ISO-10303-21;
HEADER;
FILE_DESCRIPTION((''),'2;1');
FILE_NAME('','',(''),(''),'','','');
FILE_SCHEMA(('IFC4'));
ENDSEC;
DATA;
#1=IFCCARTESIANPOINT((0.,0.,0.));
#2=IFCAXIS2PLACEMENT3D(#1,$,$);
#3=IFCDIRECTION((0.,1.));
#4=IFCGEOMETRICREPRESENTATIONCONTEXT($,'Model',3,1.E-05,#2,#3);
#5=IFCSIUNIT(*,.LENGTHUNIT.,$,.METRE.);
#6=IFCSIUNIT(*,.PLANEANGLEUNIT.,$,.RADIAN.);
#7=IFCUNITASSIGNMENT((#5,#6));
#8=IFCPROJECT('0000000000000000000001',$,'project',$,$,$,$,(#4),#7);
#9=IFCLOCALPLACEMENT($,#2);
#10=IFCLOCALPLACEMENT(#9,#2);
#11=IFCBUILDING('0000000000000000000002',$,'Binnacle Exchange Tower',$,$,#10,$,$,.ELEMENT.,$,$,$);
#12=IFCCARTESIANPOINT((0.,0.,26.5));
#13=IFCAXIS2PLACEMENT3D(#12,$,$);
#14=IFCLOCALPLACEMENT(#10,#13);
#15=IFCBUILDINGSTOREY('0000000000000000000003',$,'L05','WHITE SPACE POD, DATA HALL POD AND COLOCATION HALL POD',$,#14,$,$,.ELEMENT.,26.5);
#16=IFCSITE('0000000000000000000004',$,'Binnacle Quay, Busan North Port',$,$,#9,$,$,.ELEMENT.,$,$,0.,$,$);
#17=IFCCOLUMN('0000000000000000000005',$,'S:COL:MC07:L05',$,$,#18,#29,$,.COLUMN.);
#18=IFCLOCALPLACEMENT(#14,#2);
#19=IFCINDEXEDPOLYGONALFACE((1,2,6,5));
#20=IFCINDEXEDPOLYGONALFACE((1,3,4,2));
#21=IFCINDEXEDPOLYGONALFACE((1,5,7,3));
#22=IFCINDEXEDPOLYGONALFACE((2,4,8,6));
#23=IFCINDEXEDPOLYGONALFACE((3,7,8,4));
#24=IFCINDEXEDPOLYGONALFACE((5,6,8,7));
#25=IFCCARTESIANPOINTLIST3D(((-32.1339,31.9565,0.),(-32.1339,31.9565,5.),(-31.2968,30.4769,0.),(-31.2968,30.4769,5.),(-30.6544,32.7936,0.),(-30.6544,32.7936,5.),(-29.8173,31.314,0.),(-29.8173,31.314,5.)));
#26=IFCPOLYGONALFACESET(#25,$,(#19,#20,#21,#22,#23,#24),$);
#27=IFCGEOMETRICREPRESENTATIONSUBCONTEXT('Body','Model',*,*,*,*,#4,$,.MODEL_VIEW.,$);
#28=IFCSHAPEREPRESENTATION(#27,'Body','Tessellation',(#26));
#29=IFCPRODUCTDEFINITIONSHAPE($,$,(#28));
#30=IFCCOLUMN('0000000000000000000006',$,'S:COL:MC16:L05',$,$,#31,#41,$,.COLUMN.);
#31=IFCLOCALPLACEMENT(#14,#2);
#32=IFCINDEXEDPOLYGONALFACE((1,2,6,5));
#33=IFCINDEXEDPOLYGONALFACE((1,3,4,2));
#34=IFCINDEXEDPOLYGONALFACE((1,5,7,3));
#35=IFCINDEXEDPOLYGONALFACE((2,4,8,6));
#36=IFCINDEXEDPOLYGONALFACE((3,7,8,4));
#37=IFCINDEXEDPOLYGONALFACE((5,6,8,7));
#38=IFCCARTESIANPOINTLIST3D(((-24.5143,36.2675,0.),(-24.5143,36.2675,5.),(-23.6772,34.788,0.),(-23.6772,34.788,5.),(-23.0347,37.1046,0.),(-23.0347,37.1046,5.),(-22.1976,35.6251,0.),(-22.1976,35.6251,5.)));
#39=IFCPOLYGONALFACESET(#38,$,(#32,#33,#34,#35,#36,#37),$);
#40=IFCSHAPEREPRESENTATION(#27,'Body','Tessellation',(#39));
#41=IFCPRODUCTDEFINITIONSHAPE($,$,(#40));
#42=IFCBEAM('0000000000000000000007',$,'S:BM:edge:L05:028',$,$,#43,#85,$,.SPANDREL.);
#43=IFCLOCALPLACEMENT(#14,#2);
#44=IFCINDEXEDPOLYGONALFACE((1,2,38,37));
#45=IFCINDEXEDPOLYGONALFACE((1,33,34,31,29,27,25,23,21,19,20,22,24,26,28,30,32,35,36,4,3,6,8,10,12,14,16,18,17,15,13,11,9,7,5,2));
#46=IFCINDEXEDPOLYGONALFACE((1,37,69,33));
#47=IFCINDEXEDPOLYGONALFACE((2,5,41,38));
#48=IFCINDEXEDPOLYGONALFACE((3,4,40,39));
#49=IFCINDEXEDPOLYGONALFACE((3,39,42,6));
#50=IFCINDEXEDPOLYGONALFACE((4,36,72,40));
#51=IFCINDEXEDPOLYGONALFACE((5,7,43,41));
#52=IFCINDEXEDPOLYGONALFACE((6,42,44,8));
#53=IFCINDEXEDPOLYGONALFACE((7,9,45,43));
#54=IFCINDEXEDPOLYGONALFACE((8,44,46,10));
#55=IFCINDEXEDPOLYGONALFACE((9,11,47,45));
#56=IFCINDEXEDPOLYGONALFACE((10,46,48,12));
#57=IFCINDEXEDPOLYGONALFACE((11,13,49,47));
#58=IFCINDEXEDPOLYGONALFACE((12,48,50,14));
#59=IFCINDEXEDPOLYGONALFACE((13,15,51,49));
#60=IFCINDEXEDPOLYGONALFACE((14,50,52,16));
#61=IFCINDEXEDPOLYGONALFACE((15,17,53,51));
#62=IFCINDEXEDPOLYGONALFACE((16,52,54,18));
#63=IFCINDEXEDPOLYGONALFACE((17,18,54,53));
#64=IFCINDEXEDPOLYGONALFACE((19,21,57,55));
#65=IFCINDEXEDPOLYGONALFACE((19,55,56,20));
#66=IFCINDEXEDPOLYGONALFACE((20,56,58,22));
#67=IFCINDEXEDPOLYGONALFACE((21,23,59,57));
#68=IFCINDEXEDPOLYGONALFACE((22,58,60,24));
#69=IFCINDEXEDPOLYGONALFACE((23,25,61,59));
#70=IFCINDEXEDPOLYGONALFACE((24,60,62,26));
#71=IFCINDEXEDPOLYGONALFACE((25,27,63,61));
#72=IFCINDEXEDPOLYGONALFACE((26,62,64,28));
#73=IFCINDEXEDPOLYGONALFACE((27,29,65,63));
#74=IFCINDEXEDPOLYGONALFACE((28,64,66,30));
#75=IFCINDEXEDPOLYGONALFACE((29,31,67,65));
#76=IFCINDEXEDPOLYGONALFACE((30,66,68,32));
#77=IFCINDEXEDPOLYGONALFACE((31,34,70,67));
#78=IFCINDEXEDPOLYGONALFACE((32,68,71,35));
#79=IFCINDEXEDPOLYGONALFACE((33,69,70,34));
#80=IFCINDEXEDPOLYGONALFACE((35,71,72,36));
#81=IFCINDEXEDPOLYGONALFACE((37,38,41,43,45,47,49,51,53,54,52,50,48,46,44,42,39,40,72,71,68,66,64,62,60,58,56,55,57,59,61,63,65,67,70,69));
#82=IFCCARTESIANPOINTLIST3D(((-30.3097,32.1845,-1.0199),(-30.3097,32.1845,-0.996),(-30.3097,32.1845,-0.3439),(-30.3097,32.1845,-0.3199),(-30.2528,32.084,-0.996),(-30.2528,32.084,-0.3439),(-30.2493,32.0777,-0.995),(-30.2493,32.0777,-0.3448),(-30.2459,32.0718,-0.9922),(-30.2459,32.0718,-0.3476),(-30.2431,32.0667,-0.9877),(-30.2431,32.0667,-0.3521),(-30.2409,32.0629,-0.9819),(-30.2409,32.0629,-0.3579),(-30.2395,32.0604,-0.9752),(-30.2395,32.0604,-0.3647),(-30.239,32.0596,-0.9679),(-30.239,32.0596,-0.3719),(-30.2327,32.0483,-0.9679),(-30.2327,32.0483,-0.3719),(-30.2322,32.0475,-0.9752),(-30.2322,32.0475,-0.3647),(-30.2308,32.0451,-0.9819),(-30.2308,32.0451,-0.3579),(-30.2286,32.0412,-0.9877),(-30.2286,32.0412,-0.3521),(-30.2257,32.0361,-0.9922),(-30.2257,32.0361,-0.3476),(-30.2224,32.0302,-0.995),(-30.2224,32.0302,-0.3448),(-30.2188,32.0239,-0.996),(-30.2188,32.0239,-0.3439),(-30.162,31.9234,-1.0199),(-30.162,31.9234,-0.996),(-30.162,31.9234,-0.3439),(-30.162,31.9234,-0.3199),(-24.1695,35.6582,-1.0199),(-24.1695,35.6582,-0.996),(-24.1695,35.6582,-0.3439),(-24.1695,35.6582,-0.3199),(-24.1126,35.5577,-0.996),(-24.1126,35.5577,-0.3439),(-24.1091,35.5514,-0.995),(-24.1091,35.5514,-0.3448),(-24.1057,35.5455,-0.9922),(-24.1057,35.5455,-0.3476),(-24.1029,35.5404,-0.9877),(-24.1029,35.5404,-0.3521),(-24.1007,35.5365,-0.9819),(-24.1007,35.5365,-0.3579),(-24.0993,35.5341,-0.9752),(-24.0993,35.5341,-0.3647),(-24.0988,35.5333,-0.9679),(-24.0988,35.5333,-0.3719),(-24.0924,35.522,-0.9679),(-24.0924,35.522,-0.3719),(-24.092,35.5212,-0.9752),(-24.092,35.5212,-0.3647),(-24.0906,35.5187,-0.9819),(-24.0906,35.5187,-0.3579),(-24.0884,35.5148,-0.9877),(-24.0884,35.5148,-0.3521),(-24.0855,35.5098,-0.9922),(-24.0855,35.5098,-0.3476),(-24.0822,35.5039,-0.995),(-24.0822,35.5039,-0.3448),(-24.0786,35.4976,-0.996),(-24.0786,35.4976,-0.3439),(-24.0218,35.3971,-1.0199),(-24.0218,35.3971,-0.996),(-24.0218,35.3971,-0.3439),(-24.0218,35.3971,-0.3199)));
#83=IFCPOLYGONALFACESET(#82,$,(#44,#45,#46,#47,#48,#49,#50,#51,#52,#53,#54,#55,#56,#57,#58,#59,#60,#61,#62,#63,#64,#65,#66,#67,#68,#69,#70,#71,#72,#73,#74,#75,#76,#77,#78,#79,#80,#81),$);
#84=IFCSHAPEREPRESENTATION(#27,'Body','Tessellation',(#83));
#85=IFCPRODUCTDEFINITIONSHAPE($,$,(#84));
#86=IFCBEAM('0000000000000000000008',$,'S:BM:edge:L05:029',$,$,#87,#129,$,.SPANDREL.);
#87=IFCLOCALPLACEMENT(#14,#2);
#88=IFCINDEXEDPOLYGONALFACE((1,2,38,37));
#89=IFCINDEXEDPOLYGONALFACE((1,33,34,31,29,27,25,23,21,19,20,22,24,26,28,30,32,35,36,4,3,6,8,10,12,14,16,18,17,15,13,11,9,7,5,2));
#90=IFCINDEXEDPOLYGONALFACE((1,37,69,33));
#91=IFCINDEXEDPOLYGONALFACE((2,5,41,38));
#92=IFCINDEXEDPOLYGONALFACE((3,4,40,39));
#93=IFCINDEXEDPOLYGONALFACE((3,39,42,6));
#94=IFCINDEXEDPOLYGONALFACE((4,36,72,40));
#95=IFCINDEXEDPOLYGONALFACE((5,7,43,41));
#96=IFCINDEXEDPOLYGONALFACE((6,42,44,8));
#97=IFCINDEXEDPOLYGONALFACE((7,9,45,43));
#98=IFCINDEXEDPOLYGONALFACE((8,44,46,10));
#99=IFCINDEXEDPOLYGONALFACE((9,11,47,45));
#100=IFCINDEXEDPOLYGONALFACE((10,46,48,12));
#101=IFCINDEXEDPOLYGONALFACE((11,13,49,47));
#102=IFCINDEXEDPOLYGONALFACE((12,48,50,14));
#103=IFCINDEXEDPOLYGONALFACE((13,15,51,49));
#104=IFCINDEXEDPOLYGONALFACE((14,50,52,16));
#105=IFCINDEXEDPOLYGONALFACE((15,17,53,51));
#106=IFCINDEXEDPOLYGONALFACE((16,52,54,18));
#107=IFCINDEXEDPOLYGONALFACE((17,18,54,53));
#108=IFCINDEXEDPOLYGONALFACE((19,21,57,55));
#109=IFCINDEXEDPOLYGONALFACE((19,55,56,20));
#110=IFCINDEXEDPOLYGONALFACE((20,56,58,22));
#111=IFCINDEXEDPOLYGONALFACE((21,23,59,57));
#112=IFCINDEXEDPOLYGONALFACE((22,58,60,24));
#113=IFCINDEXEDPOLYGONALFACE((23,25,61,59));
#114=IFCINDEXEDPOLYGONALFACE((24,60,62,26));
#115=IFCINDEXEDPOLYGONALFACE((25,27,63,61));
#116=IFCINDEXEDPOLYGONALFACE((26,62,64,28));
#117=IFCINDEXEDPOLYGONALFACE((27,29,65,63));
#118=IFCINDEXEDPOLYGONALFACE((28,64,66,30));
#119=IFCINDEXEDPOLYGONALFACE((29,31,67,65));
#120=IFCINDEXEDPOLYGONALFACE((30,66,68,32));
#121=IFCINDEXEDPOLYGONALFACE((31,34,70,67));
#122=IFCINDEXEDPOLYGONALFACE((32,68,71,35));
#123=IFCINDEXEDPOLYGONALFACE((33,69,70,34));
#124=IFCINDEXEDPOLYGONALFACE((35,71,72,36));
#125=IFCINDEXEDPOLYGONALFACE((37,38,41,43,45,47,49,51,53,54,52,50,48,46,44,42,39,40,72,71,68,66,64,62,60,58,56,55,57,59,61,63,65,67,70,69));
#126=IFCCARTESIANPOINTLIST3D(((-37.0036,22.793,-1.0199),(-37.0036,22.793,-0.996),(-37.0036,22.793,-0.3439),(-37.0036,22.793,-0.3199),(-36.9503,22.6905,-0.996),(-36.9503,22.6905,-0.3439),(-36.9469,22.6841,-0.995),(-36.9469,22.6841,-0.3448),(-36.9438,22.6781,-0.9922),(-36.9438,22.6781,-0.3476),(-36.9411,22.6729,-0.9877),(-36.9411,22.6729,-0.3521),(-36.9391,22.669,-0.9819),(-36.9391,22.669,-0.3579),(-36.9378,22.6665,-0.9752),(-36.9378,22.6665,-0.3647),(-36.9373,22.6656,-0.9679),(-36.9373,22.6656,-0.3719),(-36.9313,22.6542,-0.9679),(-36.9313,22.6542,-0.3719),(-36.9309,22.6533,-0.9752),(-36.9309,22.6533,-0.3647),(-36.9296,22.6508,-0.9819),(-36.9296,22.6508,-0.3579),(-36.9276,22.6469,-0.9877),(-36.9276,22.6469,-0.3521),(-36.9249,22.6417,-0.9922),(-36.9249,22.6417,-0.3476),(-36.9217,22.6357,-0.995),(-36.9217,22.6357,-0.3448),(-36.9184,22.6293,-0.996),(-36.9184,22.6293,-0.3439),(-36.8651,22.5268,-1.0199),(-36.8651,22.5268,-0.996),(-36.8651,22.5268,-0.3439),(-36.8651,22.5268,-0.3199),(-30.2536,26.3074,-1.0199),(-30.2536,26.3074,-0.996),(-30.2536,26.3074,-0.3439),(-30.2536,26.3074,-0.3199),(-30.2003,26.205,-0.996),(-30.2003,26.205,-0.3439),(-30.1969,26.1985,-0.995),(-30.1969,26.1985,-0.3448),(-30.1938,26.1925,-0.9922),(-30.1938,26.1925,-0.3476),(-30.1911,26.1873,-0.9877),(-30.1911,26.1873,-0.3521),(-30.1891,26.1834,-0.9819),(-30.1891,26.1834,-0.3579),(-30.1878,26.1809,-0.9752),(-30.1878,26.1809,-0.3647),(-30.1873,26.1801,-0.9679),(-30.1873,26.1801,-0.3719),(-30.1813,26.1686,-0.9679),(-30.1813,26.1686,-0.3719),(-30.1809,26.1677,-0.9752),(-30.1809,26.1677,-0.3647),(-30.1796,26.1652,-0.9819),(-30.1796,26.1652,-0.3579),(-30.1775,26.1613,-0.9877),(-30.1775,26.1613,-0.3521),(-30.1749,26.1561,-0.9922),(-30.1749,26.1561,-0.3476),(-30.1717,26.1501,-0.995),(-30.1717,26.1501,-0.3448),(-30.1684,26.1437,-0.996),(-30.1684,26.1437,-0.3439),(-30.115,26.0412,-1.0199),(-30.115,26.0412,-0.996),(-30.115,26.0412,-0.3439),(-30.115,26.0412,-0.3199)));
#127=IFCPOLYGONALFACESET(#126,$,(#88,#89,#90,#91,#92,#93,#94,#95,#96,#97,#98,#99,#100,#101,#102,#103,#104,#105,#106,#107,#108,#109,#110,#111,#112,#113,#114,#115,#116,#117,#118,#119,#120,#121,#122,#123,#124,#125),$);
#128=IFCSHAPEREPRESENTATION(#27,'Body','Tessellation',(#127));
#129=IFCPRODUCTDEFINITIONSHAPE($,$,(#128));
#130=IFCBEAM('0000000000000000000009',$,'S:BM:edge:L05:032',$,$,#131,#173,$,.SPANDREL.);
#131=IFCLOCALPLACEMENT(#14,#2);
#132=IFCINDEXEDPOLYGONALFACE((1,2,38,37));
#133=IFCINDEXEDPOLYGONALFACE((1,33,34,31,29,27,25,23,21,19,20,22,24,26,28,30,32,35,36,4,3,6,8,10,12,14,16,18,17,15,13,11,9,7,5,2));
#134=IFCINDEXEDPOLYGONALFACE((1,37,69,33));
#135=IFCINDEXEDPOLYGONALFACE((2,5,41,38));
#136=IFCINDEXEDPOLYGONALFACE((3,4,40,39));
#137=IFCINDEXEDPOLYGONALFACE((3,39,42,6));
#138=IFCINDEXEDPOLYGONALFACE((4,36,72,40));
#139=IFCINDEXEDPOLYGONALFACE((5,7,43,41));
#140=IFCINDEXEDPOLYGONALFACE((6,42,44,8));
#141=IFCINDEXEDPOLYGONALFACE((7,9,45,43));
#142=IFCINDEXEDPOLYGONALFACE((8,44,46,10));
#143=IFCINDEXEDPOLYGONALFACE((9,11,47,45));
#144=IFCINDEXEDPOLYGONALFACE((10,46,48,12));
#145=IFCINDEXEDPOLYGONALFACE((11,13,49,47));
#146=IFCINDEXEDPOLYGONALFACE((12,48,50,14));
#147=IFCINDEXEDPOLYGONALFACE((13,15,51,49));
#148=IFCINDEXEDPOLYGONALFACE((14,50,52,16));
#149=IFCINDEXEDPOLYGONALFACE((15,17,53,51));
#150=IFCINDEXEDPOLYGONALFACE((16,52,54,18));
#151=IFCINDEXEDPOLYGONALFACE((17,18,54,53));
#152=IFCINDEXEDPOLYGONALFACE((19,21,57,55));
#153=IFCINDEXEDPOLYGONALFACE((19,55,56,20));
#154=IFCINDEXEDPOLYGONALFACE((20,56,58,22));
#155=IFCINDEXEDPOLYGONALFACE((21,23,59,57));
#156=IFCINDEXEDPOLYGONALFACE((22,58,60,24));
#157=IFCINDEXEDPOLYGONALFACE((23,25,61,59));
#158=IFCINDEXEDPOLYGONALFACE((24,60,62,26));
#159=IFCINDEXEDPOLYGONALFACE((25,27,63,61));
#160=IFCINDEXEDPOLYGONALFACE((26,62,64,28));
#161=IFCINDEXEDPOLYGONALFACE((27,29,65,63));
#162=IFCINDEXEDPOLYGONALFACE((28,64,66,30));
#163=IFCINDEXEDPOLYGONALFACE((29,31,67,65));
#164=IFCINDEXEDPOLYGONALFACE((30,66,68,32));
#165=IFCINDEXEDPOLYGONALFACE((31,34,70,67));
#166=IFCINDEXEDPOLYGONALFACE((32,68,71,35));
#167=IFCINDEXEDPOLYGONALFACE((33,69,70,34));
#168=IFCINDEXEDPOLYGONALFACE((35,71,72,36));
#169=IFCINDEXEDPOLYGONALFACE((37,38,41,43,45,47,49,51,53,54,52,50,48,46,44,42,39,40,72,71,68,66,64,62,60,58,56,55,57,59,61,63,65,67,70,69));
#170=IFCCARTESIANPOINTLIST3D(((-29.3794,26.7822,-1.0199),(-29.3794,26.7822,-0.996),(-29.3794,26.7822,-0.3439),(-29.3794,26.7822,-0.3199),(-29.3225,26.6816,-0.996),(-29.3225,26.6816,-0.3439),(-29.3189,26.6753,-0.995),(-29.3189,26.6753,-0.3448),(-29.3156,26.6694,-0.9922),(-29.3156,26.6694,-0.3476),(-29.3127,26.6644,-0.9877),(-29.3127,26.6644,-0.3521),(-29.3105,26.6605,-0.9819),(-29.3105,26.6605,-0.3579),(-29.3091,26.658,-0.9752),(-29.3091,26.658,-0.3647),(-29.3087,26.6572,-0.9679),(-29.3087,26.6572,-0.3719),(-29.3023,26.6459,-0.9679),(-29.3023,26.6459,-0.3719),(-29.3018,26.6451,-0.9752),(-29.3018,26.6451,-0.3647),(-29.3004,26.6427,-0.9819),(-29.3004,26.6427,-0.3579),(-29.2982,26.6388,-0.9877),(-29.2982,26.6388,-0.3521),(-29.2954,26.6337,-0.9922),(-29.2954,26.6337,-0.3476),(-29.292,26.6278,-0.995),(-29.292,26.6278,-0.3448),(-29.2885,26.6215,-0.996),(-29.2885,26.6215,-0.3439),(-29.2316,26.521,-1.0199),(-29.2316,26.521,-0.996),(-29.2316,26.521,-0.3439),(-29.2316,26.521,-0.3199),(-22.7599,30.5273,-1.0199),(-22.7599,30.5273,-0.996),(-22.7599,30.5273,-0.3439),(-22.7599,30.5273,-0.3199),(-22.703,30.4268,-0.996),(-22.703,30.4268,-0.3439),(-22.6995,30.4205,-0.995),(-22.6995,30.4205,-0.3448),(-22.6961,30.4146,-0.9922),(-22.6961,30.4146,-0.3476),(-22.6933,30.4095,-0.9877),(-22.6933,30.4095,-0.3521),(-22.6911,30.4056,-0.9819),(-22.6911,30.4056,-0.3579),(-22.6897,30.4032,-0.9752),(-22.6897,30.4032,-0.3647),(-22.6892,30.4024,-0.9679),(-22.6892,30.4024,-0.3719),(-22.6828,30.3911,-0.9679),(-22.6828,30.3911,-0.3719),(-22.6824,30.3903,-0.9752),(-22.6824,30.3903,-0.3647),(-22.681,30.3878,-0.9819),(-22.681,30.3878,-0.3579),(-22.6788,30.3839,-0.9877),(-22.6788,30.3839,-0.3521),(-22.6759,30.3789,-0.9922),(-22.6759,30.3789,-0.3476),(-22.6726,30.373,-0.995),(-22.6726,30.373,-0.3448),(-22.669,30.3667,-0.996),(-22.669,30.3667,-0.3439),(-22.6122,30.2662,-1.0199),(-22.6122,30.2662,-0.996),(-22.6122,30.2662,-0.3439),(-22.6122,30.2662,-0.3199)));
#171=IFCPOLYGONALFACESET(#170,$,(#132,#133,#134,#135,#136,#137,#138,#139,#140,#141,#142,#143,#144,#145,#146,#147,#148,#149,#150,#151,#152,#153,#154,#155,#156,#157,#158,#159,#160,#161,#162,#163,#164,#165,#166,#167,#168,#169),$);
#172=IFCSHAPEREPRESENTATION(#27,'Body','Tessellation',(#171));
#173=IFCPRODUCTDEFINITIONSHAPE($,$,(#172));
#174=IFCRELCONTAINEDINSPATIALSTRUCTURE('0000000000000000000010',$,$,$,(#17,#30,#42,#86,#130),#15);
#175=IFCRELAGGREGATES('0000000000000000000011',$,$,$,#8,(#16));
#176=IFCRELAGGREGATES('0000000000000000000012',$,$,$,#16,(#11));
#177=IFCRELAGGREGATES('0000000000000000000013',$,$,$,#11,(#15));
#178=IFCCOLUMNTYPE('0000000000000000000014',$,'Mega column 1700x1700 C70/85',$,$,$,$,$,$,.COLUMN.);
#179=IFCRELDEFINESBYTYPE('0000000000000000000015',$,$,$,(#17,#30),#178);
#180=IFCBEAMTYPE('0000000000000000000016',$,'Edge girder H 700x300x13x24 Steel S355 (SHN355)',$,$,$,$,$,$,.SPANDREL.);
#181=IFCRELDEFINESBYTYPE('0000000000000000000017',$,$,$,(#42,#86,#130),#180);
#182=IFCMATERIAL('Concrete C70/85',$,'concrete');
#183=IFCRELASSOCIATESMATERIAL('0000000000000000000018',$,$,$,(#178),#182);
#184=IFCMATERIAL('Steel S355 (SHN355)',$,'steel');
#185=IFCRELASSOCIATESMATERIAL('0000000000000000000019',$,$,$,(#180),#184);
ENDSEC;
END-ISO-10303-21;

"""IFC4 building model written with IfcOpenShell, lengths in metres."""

from ifc_helpers import new_model, si_unit, direction, frame, origin, origin_2d, place, context, subcontext, project, spatial, rectangle, i_section, extrude, material, material_profile, profile_set, type_object, element, save


model = new_model("IFC4")

# Units and contexts
model_context = context("Model", 3, precision=1e-05, world=origin(), true_north=direction((0.0, 1.0)))
body_context = subcontext(model_context, "Body", "Model", "MODEL_VIEW")
ifc_project = project(units=[si_unit("LENGTHUNIT", "METRE"), si_unit("PLANEANGLEUNIT", "RADIAN")], contexts=[model_context])

# Site, building, storey
site_placement = place(None, origin())
site = spatial("IfcSite", under=ifc_project, at=site_placement, Name="Binnacle Quay, Busan North Port", CompositionType="ELEMENT", RefElevation=0.0)
building_placement = place(site_placement, origin())
building = spatial("IfcBuilding", under=site, at=building_placement, Name="Binnacle Exchange Tower", CompositionType="ELEMENT")
storey_placement = place(building_placement, frame((0.0, 0.0, 26.5)))
storey = spatial("IfcBuildingStorey", under=building, at=storey_placement, Name="L05", Description="WHITE SPACE POD, DATA HALL POD AND COLOCATION HALL POD", CompositionType="ELEMENT", Elevation=26.5)

# Columns
ifc_material_1 = material(Name="Concrete C70/85", Category="concrete")
ifc_material_profile_1 = material_profile(ifc_material_1, rectangle(XDim=1.7, YDim=1.7, at=origin_2d()), Name="Mega column 1700x1700 C70/85")
ifc_profile_set_1 = profile_set([ifc_material_profile_1], Name="Concrete C70/85")
column_type = type_object("IfcColumnType", Name="Mega column 1700x1700 C70/85", PredefinedType="COLUMN", material=ifc_profile_set_1)
for number, where, z_axis, x_axis, name in (
    (1, (-30.9756, 31.6353, 0.0), (0.0, 0.0, 1.0), (0.870356, 0.492424, 0.0), "S:COL:MC07:L05"),
    (2, (-23.356, 35.9463, 0.0), (0.0, 0.0, 1.0), (0.870356, 0.492424, 0.0), "S:COL:MC16:L05"),
):
    element("IfcColumn", number, at=place(storey_placement, frame(where, z_axis=z_axis, x_axis=x_axis)), inside=storey, type_object=column_type, Name=name, PredefinedType="COLUMN", context=body_context, shape_type="SweptSolid", body=[
        extrude(rectangle(XDim=1.7, YDim=1.7, at=origin_2d()), origin(), (0.0, 0.0, 1.0), 5.0),
    ])

# Beams
ifc_material_2 = material(Name="Steel S355 (SHN355)", Category="steel")
ifc_material_profile_2 = material_profile(ifc_material_2, i_section(OverallWidth=0.3, OverallDepth=0.7, WebThickness=0.0129, FlangeThickness=0.0239, FilletRadius=0.0281, at=origin_2d()), Name="H 700x300x13x24")
ifc_profile_set_2 = profile_set([ifc_material_profile_2], Name="Steel S355 (SHN355)")
beam_type_1 = type_object("IfcBeamType", Name="Edge girder H 700x300x13x24 Steel S355 (SHN355)", PredefinedType="SPANDREL", material=ifc_profile_set_2)
beam_1_placement = place(storey_placement, frame((-30.2358, 32.054, -0.6699), z_axis=(0.870373, 0.492392, 0.0), x_axis=(-0.492392, 0.870373, 0.0)))
element("IfcBeam", 3, at=beam_1_placement, inside=storey, type_object=beam_type_1, Name="S:BM:edge:L05:028", PredefinedType="SPANDREL", context=body_context, shape_type="SweptSolid", body=[
    extrude(i_section(OverallWidth=0.3, OverallDepth=0.7, WebThickness=0.0129, FlangeThickness=0.0239, FilletRadius=0.0281, at=origin_2d()), origin(), (0.0, 0.0, 1.0), 7.0547),
])
beam_2_placement = place(storey_placement, frame((-30.1843, 26.1743, -0.6699), z_axis=(-0.88698, -0.461808, 0.0), x_axis=(0.461808, -0.88698, 0.0)))
element("IfcBeam", 4, at=beam_2_placement, inside=storey, type_object=beam_type_1, Name="S:BM:edge:L05:029", PredefinedType="SPANDREL", context=body_context, shape_type="SweptSolid", body=[
    extrude(i_section(OverallWidth=0.3, OverallDepth=0.7, WebThickness=0.0129, FlangeThickness=0.0239, FilletRadius=0.0281, at=origin_2d()), origin(), (0.0, 0.0, 1.0), 7.6101),
])
beam_3_placement = place(storey_placement, frame((-22.686, 30.3967, -0.6699), z_axis=(-0.870353, -0.492428, 0.0), x_axis=(0.492428, -0.870353, 0.0)))
element("IfcBeam", 5, at=beam_3_placement, inside=storey, type_object=beam_type_1, Name="S:BM:edge:L05:032", PredefinedType="SPANDREL", context=body_context, shape_type="SweptSolid", body=[
    extrude(i_section(OverallWidth=0.3, OverallDepth=0.7, WebThickness=0.0129, FlangeThickness=0.0239, FilletRadius=0.0281, at=origin_2d()), origin(), (0.0, 0.0, 1.0), 7.6055),
])

save(model, "model.ifc")
